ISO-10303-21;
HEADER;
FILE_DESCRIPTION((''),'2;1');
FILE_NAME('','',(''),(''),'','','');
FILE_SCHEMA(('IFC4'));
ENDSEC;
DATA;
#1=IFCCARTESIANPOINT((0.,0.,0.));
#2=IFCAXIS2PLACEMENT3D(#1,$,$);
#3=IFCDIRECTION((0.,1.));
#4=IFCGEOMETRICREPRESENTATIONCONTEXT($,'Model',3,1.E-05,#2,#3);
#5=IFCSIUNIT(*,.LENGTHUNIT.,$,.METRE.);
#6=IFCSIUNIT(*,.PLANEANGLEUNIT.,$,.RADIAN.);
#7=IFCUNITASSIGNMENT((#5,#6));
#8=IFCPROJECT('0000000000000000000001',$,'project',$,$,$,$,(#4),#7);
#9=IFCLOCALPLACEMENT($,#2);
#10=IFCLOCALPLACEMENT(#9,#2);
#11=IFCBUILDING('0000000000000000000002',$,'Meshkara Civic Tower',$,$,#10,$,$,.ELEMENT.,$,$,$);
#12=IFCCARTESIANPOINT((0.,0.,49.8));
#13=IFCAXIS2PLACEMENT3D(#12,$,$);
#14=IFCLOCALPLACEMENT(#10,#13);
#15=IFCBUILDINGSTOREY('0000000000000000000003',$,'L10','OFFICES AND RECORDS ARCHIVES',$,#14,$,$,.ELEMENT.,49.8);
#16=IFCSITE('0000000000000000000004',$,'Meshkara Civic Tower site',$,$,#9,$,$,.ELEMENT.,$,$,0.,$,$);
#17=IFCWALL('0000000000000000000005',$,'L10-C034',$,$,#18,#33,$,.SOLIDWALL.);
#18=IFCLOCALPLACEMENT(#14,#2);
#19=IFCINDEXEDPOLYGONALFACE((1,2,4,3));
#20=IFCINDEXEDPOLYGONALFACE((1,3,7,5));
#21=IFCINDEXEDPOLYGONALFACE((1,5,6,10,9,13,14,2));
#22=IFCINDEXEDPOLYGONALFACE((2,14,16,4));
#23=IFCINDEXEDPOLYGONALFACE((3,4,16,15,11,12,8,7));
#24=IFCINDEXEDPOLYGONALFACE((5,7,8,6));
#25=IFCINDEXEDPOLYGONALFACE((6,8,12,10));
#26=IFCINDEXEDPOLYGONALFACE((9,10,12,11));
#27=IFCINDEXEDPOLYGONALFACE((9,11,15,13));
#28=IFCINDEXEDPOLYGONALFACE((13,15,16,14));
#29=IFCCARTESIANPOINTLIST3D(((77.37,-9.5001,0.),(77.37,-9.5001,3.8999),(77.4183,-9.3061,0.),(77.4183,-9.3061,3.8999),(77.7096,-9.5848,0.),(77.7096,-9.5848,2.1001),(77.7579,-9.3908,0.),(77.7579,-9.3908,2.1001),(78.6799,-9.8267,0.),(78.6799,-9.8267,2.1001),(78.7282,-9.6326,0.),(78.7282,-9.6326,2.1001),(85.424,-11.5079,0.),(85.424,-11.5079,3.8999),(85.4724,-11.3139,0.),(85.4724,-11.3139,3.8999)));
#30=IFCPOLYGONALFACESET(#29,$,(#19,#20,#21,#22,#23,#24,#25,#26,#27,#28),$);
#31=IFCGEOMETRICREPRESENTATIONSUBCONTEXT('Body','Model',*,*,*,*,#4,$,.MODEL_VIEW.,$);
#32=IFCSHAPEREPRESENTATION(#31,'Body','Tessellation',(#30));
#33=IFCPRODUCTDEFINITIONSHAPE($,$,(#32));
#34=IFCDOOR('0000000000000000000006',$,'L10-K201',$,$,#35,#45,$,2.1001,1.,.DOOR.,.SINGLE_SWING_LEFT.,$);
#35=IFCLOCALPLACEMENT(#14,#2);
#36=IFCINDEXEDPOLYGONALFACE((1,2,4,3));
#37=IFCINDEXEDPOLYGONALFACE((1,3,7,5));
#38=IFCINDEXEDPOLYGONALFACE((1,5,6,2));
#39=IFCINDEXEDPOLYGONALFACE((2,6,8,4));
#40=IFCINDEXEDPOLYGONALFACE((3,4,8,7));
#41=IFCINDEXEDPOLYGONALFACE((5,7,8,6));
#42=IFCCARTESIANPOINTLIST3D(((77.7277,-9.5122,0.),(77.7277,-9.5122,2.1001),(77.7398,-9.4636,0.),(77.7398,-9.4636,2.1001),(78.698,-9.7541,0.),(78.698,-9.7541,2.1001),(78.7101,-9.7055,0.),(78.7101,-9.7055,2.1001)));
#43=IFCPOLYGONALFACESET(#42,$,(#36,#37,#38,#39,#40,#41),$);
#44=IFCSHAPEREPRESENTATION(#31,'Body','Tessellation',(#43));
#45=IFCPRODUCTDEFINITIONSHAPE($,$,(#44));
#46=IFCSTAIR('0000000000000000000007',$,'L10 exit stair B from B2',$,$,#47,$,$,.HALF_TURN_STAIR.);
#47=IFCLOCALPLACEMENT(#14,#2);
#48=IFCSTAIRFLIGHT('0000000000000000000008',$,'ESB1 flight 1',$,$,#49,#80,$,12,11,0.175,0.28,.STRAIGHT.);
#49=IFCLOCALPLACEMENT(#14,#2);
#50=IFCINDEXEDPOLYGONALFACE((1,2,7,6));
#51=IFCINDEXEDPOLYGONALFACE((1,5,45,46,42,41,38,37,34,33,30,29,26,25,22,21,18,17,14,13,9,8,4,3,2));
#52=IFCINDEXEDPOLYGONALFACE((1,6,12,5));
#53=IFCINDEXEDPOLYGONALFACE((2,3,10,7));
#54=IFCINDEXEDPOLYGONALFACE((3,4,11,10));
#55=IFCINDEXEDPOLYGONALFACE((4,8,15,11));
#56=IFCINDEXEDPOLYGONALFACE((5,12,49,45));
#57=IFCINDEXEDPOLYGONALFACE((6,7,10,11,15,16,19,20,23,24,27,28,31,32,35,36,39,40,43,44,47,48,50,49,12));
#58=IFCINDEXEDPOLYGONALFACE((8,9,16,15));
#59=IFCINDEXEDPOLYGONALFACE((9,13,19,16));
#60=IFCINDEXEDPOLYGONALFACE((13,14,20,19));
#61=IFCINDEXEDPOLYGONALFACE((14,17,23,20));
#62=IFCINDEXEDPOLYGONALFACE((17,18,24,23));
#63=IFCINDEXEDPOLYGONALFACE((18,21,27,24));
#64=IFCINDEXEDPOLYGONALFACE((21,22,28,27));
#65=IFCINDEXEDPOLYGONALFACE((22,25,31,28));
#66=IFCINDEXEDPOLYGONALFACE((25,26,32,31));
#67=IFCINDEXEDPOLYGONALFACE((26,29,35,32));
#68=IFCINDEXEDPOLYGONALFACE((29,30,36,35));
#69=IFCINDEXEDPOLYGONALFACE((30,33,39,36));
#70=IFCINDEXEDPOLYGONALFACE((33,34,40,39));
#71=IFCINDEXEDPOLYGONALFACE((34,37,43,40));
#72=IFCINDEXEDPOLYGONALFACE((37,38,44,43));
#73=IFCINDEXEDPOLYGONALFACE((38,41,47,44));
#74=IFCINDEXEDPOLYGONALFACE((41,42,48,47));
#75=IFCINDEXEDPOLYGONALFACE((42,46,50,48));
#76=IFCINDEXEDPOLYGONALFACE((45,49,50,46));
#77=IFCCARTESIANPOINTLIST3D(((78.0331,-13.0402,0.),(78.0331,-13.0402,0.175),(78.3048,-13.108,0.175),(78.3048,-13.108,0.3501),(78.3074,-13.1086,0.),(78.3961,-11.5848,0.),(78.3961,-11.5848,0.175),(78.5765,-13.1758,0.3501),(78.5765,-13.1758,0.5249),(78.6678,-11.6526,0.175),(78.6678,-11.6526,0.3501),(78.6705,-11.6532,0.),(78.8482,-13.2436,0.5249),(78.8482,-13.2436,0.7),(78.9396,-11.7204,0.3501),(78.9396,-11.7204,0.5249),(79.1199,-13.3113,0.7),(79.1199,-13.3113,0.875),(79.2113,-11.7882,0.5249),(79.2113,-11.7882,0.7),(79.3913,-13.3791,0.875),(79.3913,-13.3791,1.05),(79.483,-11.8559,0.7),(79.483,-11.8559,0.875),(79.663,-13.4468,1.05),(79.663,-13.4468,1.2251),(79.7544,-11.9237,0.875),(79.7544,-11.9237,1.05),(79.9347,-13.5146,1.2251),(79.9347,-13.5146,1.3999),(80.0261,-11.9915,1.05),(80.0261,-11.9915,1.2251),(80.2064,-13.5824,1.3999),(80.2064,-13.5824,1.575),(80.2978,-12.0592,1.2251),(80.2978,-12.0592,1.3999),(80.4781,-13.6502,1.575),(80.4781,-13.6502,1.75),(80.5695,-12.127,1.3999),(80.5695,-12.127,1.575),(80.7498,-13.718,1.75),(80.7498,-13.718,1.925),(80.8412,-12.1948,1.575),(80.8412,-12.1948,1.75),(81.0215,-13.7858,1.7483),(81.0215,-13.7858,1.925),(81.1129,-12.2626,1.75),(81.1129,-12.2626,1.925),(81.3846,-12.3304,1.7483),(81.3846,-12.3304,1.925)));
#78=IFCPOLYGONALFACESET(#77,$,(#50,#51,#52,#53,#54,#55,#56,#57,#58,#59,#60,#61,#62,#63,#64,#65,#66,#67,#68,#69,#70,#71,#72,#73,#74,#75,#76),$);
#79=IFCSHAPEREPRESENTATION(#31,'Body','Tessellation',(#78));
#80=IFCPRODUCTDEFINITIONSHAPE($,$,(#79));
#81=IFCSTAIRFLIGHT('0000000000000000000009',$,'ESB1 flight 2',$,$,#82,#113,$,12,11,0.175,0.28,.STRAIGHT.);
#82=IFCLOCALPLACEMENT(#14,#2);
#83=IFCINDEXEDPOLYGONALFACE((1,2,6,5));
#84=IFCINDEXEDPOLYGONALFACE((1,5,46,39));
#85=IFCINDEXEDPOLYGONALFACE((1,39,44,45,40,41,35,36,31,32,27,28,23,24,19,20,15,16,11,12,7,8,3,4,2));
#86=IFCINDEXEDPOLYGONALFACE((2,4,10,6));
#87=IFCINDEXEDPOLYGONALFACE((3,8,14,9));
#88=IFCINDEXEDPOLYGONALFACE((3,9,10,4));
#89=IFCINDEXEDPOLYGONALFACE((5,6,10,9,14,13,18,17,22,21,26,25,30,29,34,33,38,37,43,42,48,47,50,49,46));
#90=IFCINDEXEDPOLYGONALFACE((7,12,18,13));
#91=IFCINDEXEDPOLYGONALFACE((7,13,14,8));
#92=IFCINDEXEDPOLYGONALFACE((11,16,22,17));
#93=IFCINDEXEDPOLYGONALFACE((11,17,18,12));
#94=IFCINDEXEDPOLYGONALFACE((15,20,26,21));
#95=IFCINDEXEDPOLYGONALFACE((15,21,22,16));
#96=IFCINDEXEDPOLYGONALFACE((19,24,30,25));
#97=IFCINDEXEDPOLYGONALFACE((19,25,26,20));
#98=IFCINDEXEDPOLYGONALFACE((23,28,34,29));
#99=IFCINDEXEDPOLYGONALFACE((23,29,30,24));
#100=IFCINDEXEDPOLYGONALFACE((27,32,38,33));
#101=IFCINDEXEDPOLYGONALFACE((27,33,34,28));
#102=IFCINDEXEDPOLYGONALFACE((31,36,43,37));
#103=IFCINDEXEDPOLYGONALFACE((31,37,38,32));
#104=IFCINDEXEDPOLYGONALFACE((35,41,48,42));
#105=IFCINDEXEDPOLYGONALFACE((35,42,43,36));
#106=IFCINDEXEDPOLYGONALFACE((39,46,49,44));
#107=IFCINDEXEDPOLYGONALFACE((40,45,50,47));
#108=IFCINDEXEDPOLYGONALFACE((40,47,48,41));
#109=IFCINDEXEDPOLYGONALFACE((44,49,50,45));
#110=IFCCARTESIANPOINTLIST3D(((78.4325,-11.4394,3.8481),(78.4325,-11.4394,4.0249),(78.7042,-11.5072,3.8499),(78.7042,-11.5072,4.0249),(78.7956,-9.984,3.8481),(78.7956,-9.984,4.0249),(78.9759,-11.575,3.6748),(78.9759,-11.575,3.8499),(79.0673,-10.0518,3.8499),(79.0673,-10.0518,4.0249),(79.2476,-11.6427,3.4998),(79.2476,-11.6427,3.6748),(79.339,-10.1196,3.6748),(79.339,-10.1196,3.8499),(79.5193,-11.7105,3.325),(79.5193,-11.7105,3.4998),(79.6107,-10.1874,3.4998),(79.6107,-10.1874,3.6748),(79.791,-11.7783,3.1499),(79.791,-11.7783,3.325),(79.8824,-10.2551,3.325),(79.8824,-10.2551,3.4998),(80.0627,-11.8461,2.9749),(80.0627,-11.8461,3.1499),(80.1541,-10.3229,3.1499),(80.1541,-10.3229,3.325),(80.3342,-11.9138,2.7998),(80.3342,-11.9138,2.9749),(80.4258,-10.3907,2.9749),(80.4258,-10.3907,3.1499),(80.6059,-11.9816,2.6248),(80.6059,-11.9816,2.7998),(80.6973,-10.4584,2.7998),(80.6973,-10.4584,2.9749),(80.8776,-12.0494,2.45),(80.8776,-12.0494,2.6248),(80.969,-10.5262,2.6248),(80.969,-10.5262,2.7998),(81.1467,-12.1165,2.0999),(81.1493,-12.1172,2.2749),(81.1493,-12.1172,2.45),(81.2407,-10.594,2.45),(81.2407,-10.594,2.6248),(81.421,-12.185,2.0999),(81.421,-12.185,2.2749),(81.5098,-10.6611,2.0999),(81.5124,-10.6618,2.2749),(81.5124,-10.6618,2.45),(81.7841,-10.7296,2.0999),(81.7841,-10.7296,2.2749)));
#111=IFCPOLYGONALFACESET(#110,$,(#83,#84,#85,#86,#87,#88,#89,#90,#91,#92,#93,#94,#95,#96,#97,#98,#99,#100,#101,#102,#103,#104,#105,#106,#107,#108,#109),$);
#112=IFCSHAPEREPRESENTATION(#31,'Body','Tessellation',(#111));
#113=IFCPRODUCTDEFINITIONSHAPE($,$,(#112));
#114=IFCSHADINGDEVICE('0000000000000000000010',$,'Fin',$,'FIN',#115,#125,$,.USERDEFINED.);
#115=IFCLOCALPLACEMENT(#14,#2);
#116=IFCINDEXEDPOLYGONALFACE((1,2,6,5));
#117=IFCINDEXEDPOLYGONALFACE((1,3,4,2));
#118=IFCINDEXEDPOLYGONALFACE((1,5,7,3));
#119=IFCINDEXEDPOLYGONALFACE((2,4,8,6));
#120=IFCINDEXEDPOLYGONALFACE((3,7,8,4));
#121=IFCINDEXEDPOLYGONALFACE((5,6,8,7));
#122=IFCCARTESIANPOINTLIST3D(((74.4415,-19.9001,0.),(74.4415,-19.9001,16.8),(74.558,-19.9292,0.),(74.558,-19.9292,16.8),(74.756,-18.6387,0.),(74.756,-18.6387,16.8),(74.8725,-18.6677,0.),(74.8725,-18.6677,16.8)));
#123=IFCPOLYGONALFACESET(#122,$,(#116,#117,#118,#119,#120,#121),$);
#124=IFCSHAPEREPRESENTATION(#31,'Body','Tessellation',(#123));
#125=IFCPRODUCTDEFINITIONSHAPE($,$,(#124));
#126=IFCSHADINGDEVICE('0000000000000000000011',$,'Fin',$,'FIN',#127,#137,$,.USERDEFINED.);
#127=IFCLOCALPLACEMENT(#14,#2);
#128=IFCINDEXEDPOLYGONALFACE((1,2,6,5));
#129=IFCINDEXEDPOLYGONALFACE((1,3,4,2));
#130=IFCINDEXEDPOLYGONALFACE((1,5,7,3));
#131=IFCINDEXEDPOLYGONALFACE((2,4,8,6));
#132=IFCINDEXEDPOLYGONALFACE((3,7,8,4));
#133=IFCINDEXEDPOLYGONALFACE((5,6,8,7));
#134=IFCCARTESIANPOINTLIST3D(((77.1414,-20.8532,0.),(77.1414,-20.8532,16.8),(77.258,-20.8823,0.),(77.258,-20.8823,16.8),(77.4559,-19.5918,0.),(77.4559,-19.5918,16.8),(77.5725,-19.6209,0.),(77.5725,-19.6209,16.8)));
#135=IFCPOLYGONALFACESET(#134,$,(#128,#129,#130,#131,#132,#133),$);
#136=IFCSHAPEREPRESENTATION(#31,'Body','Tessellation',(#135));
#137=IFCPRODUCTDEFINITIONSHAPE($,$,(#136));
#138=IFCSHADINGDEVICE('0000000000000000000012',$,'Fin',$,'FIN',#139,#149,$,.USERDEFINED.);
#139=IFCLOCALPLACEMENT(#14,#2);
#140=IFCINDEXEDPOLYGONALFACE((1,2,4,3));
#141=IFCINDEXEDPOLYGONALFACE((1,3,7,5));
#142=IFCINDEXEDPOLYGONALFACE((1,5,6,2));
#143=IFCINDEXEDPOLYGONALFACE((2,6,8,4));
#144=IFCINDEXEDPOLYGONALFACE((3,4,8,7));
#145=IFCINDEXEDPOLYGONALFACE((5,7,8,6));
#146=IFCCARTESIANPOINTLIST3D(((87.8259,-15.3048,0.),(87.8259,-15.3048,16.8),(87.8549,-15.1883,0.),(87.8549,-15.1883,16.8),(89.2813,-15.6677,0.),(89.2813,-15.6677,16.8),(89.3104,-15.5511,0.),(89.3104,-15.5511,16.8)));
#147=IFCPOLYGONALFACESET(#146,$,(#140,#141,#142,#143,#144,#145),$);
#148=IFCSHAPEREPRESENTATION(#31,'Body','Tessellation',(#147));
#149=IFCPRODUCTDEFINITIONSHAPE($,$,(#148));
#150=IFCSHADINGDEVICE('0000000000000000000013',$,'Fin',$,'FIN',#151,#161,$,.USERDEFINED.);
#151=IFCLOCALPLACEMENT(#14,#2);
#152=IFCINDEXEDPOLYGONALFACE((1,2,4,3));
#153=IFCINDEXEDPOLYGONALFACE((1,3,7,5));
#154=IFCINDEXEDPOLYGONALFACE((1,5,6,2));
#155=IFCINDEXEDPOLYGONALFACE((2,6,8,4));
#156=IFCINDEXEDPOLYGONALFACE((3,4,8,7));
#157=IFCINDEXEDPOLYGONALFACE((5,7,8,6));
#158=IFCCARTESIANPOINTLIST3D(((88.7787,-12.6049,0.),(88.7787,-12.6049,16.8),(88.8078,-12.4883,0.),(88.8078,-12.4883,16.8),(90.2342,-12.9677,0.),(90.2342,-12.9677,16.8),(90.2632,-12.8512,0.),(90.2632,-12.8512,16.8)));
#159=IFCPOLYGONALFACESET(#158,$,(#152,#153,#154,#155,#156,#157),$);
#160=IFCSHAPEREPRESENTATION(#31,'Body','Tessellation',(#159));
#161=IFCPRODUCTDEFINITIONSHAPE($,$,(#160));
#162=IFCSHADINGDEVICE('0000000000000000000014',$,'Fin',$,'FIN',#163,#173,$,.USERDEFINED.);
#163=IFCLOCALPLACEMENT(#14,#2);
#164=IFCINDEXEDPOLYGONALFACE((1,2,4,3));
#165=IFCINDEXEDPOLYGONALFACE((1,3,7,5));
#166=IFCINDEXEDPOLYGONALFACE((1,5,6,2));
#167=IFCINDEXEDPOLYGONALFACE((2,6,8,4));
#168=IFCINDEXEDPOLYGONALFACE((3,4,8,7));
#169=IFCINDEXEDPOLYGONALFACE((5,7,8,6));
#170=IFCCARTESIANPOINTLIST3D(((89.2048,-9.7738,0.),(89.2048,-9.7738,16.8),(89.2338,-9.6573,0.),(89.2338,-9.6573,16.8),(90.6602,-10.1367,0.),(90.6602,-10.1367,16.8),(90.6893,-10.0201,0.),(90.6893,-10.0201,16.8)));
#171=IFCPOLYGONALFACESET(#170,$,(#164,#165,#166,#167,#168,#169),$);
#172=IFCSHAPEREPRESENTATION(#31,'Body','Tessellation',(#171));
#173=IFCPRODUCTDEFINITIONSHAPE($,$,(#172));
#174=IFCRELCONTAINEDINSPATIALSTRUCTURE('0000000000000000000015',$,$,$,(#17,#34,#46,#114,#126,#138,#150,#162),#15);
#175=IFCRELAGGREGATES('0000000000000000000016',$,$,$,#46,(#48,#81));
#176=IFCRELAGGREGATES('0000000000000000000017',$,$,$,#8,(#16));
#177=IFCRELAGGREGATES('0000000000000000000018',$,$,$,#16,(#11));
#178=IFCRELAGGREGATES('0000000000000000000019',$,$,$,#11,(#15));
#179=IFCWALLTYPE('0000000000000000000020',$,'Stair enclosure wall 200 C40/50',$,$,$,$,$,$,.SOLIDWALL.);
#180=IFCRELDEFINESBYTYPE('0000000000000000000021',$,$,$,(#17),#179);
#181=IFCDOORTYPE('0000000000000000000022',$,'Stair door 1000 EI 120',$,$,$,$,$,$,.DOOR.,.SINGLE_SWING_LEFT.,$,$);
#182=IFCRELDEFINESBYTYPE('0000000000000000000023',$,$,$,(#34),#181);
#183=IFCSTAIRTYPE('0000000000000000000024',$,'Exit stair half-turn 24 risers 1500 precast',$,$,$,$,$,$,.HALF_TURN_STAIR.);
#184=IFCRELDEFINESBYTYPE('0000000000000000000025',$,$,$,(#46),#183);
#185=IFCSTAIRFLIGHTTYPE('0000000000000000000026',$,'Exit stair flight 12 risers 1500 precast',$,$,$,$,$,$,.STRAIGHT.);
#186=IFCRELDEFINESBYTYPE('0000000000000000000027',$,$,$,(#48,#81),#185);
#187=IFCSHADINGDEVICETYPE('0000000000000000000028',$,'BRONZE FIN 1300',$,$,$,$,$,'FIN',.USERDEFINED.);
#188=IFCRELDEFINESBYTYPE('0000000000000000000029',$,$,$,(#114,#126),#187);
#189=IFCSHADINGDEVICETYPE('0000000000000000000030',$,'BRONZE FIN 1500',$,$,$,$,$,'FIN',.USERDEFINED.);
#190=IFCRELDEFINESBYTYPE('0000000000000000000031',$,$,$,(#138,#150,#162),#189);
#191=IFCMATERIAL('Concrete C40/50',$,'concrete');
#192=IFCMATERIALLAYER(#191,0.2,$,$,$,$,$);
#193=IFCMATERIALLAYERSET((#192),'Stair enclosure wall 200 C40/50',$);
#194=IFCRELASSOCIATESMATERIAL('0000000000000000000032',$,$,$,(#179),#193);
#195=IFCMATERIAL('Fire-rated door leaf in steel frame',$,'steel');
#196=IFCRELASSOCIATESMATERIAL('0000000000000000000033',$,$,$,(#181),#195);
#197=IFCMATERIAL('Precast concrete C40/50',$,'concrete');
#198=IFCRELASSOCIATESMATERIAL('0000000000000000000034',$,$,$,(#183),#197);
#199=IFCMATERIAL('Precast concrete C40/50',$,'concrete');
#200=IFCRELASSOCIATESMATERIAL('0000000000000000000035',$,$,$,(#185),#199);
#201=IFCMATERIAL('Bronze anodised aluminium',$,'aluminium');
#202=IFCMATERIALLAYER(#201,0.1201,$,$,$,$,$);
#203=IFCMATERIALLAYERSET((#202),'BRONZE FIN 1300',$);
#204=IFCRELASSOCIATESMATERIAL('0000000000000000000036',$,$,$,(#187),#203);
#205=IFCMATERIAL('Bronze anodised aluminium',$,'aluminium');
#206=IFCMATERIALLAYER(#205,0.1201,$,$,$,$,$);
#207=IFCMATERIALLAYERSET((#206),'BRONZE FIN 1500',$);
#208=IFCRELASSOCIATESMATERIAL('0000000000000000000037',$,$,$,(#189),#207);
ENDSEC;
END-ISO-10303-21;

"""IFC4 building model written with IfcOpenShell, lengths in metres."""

from ifc_helpers import new_model, si_unit, direction, frame, frame_2d, origin, origin_2d, place, context, subcontext, project, spatial, polyline, rectangle, outline, extrude, material, layer, layer_set, type_object, element, fill, aggregate, save


model = new_model("IFC4")

# Units and contexts
model_context = context("Model", 3, precision=1e-05, world=origin(), true_north=direction((0.0, 1.0)))
body_context = subcontext(model_context, "Body", "Model", "MODEL_VIEW")
ifc_project = project(units=[si_unit("LENGTHUNIT", "METRE"), si_unit("PLANEANGLEUNIT", "RADIAN")], contexts=[model_context])

# Site, building, storey
site_placement = place(None, origin())
site = spatial("IfcSite", under=ifc_project, at=site_placement, Name="Meshkara Civic Tower site", CompositionType="ELEMENT", RefElevation=0.0)
building_placement = place(site_placement, origin())
building = spatial("IfcBuilding", under=site, at=building_placement, Name="Meshkara Civic Tower", CompositionType="ELEMENT")
storey_placement = place(building_placement, frame((0.0, 0.0, 49.8)))
storey = spatial("IfcBuildingStorey", under=building, at=storey_placement, Name="L10", Description="OFFICES AND RECORDS ARCHIVES", CompositionType="ELEMENT", Elevation=49.8)

# Wall, opening, door
ifc_material_1 = material(Name="Concrete C40/50", Category="concrete")
ifc_layer_1 = layer(ifc_material_1, 0.2)
ifc_layer_set_1 = layer_set([ifc_layer_1], Name="Stair enclosure wall 200 C40/50")
wall_type_1 = type_object("IfcWallType", Name="Stair enclosure wall 200 C40/50", PredefinedType="SOLIDWALL", material=ifc_layer_set_1)
wall_1_placement = place(storey_placement, frame((77.394, -9.4031, 0.0), z_axis=(0.0, 0.0, 1.0), x_axis=(0.970303, -0.241892, 0.0)))
wall_1 = element("IfcWall", 1, at=wall_1_placement, inside=storey, type_object=wall_type_1, Name="L10-C034", PredefinedType="SOLIDWALL", context=body_context, shape_type="SweptSolid", body=[
    extrude(rectangle(XDim=8.3005, YDim=0.2, at=frame_2d((4.1504, 0.0))), origin(), (0.0, 0.0, 1.0), 3.8999),
])
opening_1_placement = place(wall_1_placement, frame((0.3501, 0.0, 0.0)))
opening_1 = element("IfcOpeningElement", 2, at=opening_1_placement, cuts=wall_1, PredefinedType="OPENING", context=body_context, shape_type="SweptSolid", body=[
    extrude(rectangle(XDim=1.0, YDim=2.1001, at=frame_2d((0.5, 1.05))), frame((0.0, 0.1099, 0.0), z_axis=(0.0, -1.0, 0.0), x_axis=(1.0, 0.0, 0.0)), (0.0, 0.0, 1.0), 0.22),
])
ifc_material_2 = material(Name="Fire-rated door leaf in steel frame", Category="steel")
door_type_1 = type_object("IfcDoorType", Name="Stair door 1000 EI 120", OperationType="SINGLE_SWING_LEFT", PredefinedType="DOOR", material=ifc_material_2)
door_1_placement = place(opening_1_placement, origin())
door_1 = element("IfcDoor", 3, at=door_1_placement, inside=storey, type_object=door_type_1, Name="L10-K201", OperationType="SINGLE_SWING_LEFT", OverallHeight=2.1001, OverallWidth=1.0, PredefinedType="DOOR", context=body_context, shape_type="SweptSolid", body=[
    extrude(rectangle(XDim=1.0, YDim=2.1001, at=frame_2d((0.5, 1.05))), frame((0.0, 0.0249, 0.0), z_axis=(0.0, -1.0, 0.0), x_axis=(1.0, 0.0, 0.0)), (0.0, 0.0, 1.0), 0.05),
])
fill(opening_1, door_1)

# Stair, stair flights
ifc_material_3 = material(Name="Precast concrete C40/50", Category="concrete")
stair_type = type_object("IfcStairType", Name="Exit stair half-turn 24 risers 1500 precast", PredefinedType="HALF_TURN_STAIR", material=ifc_material_3)
stair_placement = place(storey_placement, origin())
stair = element("IfcStair", 4, at=stair_placement, inside=storey, type_object=stair_type, Name="L10 exit stair B from B2", PredefinedType="HALF_TURN_STAIR")
ifc_material_4 = material(Name="Precast concrete C40/50", Category="concrete")
stair_flight_type = type_object("IfcStairFlightType", Name="Exit stair flight 12 risers 1500 precast", PredefinedType="STRAIGHT", material=ifc_material_4)
stair_flight_1_placement = place(storey_placement, frame((78.2146, -12.3125, 0.0), z_axis=(0.0, 0.0, 1.0), x_axis=(0.97026, -0.242065, 0.0)))
stair_flight_1 = element("IfcStairFlight", 5, at=stair_flight_1_placement, type_object=stair_flight_type, Name="ESB1 flight 1", NumberOfRisers=12, NumberOfTreads=11, PredefinedType="STRAIGHT", RiserHeight=0.175, TreadLength=0.28, context=body_context, shape_type="SweptSolid", body=[
    extrude(outline(polyline([(0.0, 0.0), (0.0, 0.175), (0.28, 0.175), (0.28, 0.3501), (0.5601, 0.3501), (0.5601, 0.5249), (0.8401, 0.5249), (0.8401, 0.7), (1.1201, 0.7), (1.1201, 0.875), (1.3999, 0.875), (1.3999, 1.05), (1.6799, 1.05), (1.6799, 1.2251), (1.96, 1.2251), (1.96, 1.3999), (2.24, 1.3999), (2.24, 1.575), (2.52, 1.575), (2.52, 1.75), (2.8, 1.75), (2.8, 1.925), (3.0801, 1.925), (3.0801, 2.1001), (3.0801, 1.7483), (0.2827, 0.0), (0.0, 0.0)])), frame((0.0, 0.75, 0.0), z_axis=(0.0, -1.0, 0.0), x_axis=(1.0, 0.0, 0.0)), (0.0, 0.0, 1.0), 1.5),
])
stair_flight_2_placement = place(storey_placement, frame((81.6025, -11.4573, 2.0999), z_axis=(0.0, 0.0, 1.0), x_axis=(-0.97026, 0.242065, 0.0)))
stair_flight_2 = element("IfcStairFlight", 6, at=stair_flight_2_placement, type_object=stair_flight_type, Name="ESB1 flight 2", NumberOfRisers=12, NumberOfTreads=11, PredefinedType="STRAIGHT", RiserHeight=0.175, TreadLength=0.28, context=body_context, shape_type="SweptSolid", body=[
    extrude(outline(polyline([(0.0, 0.0), (0.0, 0.175), (0.28, 0.175), (0.28, 0.3501), (0.5601, 0.3501), (0.5601, 0.5249), (0.8401, 0.5249), (0.8401, 0.7), (1.1201, 0.7), (1.1201, 0.875), (1.3999, 0.875), (1.3999, 1.05), (1.6799, 1.05), (1.6799, 1.2251), (1.96, 1.2251), (1.96, 1.3999), (2.24, 1.3999), (2.24, 1.575), (2.52, 1.575), (2.52, 1.75), (2.8, 1.75), (2.8, 1.925), (3.0801, 1.925), (3.0801, 2.1001), (3.0801, 1.7483), (0.2827, 0.0), (0.0, 0.0)])), frame((0.0, 0.75, 0.0), z_axis=(0.0, -1.0, 0.0), x_axis=(1.0, 0.0, 0.0)), (0.0, 0.0, 1.0), 1.5),
])
aggregate(stair, [stair_flight_1, stair_flight_2])

# Shading devices
ifc_material_5 = material(Name="Bronze anodised aluminium", Category="aluminium")
ifc_layer_2 = layer(ifc_material_5, 0.1201)
ifc_layer_set_2 = layer_set([ifc_layer_2], Name="BRONZE FIN 1300")
shading_device_type_1 = type_object("IfcShadingDeviceType", Name="BRONZE FIN 1300", ElementType="FIN", PredefinedType="USERDEFINED", material=ifc_layer_set_2)
for number, where, z_axis, x_axis, name in (
    (7, (74.657, -19.2839, 0.0), (0.0, 0.0, 1.0), (0.970296, -0.241922, 0.0), "Fin"),
    (8, (77.3569, -20.2371, 0.0), (0.0, 0.0, 1.0), (0.970296, -0.241922, 0.0), "Fin"),
):
    element("IfcShadingDevice", number, at=place(storey_placement, frame(where, z_axis=z_axis, x_axis=x_axis)), inside=storey, type_object=shading_device_type_1, Name=name, ObjectType="FIN", PredefinedType="USERDEFINED", context=body_context, shape_type="SweptSolid", body=[
        extrude(rectangle(XDim=0.1201, YDim=1.3, at=origin_2d()), origin(), (0.0, 0.0, 1.0), 16.8),
    ])
ifc_material_6 = material(Name="Bronze anodised aluminium", Category="aluminium")
ifc_layer_3 = layer(ifc_material_6, 0.1201)
ifc_layer_set_3 = layer_set([ifc_layer_3], Name="BRONZE FIN 1500")
shading_device_type_2 = type_object("IfcShadingDeviceType", Name="BRONZE FIN 1500", ElementType="FIN", PredefinedType="USERDEFINED", material=ifc_layer_set_3)
for number, where, z_axis, x_axis, name in (
    (9, (88.5681, -15.428, 0.0), (0.0, 0.0, 1.0), (0.241922, 0.970296, 0.0), "Fin"),
    (10, (89.521, -12.728, 0.0), (0.0, 0.0, 1.0), (0.241922, 0.970296, 0.0), "Fin"),
    (11, (89.947, -9.897, 0.0), (0.0, 0.0, 1.0), (0.241922, 0.970296, 0.0), "Fin"),
):
    element("IfcShadingDevice", number, at=place(storey_placement, frame(where, z_axis=z_axis, x_axis=x_axis)), inside=storey, type_object=shading_device_type_2, Name=name, ObjectType="FIN", PredefinedType="USERDEFINED", context=body_context, shape_type="SweptSolid", body=[
        extrude(rectangle(XDim=0.1201, YDim=1.5, at=origin_2d()), origin(), (0.0, 0.0, 1.0), 16.8),
    ])

save(model, "model.ifc")
